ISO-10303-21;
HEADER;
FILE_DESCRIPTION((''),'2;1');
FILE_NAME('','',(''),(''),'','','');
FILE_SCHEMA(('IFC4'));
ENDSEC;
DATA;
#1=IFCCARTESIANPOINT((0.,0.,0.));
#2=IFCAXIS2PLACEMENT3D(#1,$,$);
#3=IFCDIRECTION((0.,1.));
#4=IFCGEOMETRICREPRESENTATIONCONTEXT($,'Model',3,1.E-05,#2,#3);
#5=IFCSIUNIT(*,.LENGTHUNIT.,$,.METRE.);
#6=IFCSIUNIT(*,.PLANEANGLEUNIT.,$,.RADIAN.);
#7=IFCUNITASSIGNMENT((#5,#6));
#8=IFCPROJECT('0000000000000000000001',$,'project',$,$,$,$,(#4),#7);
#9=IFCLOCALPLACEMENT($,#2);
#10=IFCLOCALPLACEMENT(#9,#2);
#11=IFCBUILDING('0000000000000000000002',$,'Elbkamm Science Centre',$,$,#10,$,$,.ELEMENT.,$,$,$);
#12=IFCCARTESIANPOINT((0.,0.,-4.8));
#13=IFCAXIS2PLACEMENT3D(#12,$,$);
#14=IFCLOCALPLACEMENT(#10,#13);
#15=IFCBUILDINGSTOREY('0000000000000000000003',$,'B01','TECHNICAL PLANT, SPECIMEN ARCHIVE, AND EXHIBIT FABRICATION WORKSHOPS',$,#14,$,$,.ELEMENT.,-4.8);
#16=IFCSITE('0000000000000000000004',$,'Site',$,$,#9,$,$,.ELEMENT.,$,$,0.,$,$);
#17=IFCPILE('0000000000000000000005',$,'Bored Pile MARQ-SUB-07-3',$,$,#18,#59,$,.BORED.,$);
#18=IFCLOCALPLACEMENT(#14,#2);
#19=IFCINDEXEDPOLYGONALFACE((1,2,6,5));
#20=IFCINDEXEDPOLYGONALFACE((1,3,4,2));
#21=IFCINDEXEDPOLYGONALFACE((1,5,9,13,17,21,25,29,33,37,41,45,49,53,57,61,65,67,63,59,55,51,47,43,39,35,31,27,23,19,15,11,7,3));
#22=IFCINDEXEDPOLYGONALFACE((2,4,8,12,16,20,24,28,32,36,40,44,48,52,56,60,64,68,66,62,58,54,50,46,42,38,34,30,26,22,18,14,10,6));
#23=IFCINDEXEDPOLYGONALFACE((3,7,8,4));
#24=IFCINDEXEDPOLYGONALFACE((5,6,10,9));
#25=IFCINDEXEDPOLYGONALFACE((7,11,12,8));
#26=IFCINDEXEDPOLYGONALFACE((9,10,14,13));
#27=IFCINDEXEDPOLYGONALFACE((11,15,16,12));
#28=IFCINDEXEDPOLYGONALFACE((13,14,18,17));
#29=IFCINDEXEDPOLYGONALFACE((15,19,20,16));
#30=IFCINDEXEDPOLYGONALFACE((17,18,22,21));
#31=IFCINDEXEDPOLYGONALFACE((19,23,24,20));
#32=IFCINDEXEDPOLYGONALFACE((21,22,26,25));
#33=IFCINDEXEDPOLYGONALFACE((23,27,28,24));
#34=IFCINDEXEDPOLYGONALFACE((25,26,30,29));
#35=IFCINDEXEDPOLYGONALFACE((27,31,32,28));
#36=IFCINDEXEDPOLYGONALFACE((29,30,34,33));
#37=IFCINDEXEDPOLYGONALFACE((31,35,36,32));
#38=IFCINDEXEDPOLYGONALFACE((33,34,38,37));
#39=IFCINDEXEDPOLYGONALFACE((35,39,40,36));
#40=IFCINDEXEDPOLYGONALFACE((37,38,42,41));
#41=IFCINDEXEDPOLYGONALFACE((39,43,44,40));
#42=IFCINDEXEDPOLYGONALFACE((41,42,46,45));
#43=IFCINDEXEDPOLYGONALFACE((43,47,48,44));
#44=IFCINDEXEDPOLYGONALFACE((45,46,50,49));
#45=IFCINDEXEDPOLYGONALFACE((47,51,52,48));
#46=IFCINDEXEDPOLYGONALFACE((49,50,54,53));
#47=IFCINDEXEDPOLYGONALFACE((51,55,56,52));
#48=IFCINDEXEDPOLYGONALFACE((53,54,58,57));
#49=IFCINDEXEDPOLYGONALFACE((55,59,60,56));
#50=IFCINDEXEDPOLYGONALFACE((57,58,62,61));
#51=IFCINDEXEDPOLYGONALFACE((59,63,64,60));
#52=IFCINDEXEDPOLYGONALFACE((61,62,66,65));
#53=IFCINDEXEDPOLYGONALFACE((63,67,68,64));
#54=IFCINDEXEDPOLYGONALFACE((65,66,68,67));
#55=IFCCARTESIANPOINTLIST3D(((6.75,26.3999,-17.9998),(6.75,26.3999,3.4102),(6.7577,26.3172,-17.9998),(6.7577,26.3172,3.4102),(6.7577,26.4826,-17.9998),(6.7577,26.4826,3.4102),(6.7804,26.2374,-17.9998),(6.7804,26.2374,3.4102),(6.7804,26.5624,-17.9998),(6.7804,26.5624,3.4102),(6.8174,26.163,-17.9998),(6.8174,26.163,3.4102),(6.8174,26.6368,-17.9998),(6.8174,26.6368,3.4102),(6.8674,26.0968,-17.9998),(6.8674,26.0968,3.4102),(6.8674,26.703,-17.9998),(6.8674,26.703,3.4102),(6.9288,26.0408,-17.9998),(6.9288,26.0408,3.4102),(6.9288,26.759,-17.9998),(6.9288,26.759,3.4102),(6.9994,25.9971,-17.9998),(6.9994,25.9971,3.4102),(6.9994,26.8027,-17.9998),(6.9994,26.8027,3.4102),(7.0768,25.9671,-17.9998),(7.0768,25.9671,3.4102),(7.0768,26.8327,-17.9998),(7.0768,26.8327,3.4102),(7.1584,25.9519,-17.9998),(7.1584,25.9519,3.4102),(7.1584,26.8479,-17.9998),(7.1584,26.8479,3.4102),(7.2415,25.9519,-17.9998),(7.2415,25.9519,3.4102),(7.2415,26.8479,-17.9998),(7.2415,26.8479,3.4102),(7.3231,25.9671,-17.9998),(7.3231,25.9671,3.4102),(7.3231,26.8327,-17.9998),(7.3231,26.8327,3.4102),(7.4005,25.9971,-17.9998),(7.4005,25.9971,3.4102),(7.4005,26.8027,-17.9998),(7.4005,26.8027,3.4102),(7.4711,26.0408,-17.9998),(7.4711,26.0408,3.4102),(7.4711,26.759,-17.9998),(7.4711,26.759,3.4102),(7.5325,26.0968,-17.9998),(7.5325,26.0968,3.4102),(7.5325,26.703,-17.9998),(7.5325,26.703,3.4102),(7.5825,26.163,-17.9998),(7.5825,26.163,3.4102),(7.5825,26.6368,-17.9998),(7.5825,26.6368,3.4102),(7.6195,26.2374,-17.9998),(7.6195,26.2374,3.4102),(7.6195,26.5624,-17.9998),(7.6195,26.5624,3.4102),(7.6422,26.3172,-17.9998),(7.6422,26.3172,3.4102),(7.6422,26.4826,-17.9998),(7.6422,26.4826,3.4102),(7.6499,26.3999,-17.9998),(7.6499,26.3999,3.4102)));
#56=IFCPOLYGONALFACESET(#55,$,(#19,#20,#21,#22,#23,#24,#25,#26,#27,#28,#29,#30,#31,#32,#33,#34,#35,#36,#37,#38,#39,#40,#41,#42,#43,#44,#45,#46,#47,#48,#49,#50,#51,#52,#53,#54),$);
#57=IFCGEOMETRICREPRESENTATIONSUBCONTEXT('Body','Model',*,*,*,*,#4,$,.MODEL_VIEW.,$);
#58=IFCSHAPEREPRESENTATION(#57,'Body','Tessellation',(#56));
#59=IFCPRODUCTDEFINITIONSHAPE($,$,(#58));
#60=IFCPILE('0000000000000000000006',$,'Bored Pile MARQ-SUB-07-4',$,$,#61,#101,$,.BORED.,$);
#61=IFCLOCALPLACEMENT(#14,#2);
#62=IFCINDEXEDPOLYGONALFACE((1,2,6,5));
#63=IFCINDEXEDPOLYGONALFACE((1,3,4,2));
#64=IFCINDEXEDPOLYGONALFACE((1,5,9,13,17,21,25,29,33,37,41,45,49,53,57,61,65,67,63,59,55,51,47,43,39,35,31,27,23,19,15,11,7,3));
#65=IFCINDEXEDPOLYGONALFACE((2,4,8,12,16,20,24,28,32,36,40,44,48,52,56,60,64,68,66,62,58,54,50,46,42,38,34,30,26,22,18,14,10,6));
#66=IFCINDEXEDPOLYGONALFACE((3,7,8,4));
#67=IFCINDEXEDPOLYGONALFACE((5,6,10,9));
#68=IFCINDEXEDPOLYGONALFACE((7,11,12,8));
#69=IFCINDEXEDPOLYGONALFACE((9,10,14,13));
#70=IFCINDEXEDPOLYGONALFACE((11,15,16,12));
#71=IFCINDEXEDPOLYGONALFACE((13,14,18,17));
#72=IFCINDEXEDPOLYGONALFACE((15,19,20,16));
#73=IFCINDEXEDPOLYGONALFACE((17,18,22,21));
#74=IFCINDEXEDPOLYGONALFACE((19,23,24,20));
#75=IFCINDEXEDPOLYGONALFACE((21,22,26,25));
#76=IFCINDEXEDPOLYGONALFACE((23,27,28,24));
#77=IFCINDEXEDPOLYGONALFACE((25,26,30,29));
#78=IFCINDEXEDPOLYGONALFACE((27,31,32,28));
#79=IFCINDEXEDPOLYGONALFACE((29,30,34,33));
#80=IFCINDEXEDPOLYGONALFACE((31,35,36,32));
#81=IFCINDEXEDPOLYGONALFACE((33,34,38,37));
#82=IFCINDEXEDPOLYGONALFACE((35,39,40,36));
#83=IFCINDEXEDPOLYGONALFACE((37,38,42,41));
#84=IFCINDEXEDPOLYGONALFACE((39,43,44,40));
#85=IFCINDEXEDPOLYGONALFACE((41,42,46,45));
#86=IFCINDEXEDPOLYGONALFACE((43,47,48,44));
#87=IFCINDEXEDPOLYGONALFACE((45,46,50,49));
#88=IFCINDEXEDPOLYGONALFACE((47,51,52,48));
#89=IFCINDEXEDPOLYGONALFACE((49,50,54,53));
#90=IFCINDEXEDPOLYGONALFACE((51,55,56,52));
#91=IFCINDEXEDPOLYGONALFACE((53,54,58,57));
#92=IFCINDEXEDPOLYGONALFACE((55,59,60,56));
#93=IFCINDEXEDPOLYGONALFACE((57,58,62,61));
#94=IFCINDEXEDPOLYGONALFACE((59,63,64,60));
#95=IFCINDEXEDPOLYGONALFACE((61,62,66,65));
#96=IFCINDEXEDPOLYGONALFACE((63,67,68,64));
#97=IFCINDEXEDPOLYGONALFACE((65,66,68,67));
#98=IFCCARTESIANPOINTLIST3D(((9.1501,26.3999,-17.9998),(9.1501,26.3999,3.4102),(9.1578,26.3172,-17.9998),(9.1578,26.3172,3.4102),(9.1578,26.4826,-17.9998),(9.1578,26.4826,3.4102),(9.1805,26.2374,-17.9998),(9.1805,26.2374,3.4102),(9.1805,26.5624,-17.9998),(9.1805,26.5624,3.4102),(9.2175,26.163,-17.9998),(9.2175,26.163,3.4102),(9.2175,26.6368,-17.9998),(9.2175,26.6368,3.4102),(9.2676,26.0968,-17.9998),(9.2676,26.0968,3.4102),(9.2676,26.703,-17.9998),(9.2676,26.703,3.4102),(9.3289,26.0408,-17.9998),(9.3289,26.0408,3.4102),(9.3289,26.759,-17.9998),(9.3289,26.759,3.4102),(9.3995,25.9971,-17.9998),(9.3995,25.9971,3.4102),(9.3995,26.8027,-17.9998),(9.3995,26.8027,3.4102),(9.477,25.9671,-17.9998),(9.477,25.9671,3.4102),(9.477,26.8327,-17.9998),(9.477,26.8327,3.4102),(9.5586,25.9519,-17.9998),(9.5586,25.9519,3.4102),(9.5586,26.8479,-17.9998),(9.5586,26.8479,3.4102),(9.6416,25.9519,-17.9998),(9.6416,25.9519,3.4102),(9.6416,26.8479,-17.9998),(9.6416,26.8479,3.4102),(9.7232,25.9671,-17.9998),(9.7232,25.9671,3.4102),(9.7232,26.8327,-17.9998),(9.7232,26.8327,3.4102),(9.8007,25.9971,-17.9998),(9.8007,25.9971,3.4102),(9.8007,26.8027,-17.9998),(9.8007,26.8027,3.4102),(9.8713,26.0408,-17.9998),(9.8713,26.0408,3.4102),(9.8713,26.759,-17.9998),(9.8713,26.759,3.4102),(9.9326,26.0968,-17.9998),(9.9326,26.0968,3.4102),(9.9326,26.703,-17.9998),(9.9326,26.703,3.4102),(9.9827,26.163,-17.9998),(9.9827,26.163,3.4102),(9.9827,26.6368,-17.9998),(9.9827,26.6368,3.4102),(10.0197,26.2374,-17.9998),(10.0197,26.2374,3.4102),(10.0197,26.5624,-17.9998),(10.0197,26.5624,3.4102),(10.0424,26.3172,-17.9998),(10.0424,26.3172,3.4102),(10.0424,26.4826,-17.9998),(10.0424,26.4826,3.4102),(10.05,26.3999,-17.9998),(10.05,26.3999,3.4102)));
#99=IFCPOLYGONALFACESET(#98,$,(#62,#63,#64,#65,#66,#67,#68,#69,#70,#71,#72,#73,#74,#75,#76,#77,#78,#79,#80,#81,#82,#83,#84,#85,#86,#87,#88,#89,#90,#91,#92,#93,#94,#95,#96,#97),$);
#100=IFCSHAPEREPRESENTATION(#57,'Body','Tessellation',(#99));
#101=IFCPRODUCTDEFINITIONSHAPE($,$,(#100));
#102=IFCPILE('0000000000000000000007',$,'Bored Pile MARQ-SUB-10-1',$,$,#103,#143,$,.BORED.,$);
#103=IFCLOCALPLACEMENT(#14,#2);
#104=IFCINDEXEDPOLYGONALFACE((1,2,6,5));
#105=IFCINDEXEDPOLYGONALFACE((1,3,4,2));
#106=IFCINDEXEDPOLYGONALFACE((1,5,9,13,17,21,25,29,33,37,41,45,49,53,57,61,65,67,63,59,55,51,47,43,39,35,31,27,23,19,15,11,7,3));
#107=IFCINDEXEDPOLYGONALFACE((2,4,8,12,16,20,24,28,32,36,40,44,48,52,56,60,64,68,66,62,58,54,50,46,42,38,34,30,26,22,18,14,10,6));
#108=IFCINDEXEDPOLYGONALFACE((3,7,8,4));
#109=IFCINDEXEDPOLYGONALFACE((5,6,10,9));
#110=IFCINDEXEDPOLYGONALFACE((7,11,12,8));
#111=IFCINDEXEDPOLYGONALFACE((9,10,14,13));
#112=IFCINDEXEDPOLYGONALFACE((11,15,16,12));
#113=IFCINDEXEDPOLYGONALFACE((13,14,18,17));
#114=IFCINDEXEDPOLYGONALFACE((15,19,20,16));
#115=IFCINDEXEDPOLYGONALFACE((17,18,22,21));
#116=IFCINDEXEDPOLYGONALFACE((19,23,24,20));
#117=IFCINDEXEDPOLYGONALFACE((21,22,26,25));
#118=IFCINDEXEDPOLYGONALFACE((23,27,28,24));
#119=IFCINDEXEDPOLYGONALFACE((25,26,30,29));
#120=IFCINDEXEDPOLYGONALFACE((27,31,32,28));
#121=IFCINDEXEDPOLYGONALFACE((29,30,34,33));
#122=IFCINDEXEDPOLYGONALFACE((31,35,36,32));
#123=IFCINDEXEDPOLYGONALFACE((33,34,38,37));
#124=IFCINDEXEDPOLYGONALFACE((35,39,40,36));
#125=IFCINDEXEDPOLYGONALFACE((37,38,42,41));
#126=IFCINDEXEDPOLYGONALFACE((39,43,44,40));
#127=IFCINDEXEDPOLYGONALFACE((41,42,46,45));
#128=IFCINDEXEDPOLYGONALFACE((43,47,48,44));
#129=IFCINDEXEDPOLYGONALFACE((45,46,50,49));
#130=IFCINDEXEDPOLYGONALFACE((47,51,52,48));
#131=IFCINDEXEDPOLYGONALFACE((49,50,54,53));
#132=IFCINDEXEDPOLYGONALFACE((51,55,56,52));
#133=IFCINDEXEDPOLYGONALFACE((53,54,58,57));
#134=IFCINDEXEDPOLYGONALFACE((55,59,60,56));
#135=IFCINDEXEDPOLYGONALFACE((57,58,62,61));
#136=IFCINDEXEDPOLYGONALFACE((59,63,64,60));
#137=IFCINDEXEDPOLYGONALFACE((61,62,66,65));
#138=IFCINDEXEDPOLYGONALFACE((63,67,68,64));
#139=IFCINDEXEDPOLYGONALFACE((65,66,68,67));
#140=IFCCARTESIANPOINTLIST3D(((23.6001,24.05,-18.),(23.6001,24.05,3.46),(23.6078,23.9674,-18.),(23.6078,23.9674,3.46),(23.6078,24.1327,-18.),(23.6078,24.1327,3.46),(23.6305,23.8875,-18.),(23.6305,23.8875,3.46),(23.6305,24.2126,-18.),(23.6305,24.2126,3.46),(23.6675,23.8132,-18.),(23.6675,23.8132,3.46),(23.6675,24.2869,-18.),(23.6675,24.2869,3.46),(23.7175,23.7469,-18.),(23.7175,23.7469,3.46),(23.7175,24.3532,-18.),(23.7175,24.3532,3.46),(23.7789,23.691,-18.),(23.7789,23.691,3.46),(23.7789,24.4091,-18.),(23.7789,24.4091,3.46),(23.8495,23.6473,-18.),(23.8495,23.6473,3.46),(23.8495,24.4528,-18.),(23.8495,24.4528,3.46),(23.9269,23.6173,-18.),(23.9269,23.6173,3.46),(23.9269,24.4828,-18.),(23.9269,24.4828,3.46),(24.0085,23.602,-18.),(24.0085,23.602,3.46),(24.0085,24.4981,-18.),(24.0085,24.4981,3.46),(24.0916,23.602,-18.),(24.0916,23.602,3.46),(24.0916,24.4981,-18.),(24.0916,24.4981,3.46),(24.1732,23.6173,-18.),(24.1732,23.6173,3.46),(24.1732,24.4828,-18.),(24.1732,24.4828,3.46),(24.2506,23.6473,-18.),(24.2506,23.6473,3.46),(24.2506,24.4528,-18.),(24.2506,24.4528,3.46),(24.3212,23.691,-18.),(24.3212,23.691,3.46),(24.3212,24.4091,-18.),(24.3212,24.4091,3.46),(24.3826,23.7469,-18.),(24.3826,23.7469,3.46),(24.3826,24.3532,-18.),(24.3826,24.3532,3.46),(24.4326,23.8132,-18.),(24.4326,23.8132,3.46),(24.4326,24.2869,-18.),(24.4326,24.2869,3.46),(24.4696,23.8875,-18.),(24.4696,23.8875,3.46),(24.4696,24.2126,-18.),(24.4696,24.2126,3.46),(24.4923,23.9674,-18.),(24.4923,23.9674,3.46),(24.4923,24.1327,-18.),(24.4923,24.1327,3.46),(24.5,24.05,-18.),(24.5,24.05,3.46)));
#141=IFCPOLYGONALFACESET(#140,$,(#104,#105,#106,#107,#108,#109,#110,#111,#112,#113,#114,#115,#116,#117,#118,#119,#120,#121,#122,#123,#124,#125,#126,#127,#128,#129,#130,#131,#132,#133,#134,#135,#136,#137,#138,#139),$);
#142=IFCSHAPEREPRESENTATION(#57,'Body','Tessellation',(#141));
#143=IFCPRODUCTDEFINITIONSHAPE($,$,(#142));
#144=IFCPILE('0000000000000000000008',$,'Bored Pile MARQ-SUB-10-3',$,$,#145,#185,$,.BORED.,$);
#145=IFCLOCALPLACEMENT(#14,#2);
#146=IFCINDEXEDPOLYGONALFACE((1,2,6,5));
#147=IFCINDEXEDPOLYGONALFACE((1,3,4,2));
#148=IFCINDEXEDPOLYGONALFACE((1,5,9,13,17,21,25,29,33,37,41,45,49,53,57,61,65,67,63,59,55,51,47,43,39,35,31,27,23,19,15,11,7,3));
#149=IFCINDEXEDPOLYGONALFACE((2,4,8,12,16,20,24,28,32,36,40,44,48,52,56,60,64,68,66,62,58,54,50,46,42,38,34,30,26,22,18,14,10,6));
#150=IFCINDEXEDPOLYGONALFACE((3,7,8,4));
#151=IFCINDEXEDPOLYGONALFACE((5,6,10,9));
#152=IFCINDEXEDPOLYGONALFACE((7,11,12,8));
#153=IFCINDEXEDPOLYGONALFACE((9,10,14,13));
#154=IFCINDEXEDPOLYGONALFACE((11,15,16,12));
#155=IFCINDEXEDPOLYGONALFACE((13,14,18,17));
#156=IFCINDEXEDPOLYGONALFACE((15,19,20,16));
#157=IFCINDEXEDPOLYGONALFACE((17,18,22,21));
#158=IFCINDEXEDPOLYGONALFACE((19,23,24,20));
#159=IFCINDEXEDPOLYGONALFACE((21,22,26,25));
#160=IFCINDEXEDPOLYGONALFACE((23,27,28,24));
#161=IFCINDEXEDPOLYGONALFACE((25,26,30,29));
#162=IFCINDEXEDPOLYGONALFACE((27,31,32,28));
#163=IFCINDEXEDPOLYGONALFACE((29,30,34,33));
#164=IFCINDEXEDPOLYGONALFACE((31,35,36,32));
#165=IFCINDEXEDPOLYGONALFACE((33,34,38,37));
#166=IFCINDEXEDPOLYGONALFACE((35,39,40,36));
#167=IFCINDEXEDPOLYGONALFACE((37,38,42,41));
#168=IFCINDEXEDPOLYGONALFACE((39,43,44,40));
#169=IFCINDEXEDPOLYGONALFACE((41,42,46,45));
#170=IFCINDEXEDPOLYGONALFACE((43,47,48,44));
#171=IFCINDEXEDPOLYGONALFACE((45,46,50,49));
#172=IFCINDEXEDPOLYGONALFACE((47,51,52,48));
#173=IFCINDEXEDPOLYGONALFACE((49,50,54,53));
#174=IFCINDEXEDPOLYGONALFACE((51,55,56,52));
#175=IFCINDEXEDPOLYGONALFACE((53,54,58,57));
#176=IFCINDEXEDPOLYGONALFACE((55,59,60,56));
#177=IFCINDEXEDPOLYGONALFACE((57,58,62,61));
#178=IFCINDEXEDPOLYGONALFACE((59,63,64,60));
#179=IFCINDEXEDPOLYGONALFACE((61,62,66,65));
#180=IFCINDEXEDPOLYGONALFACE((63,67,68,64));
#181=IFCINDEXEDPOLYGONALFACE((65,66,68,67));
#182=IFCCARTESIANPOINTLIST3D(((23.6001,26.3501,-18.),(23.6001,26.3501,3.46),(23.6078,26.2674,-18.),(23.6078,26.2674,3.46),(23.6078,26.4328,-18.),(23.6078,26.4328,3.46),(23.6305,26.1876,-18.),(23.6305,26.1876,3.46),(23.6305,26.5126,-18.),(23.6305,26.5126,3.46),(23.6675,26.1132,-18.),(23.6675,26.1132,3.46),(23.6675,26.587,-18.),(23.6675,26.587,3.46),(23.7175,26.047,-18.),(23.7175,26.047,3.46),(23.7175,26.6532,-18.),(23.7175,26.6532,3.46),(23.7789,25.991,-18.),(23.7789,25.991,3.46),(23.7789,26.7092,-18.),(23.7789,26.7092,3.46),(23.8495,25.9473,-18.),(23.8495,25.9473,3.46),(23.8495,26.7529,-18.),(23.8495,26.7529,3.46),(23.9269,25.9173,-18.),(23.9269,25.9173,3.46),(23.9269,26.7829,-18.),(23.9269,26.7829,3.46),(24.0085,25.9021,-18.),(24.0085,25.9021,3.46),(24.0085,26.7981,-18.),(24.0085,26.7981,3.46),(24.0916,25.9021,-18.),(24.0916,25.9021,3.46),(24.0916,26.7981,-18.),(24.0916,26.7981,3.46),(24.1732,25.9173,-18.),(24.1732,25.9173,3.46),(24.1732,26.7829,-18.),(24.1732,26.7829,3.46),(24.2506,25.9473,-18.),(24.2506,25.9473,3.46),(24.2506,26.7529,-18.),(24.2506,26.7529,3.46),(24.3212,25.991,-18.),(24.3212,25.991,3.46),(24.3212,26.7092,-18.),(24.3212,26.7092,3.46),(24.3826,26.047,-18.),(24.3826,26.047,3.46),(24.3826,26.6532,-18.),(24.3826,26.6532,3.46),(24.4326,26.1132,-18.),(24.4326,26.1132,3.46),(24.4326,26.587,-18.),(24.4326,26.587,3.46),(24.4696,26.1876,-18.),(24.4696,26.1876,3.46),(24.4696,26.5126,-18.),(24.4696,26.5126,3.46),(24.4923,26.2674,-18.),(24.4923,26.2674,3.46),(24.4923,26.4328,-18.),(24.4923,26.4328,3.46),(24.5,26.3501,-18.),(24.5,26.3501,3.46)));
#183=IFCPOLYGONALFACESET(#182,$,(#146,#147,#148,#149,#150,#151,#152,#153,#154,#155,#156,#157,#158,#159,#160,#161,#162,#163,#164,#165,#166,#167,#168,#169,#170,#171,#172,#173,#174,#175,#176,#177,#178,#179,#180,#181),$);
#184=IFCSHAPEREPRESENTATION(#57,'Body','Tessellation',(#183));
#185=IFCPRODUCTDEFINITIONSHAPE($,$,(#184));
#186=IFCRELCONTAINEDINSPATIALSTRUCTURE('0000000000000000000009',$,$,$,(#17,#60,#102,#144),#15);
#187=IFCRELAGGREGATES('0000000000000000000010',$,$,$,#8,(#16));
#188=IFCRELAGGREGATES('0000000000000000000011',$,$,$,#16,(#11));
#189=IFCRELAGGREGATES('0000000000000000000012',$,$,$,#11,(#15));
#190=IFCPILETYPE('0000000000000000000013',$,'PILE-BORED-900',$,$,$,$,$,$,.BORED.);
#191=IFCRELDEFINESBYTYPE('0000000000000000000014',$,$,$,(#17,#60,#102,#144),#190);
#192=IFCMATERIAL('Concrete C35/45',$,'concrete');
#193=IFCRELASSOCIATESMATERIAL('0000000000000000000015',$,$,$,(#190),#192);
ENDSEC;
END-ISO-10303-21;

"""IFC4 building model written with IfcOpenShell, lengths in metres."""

from ifc_helpers import new_model, si_unit, direction, frame, origin, origin_2d, place, context, subcontext, project, spatial, circle, extrude, material, material_profile, profile_set, type_object, element, save


model = new_model("IFC4")

# Units and contexts
model_context = context("Model", 3, precision=1e-05, world=origin(), true_north=direction((0.0, 1.0)))
body_context = subcontext(model_context, "Body", "Model", "MODEL_VIEW")
ifc_project = project(units=[si_unit("LENGTHUNIT", "METRE"), si_unit("PLANEANGLEUNIT", "RADIAN")], contexts=[model_context])

# Site, building, storey
site_placement = place(None, origin())
site = spatial("IfcSite", under=ifc_project, at=site_placement, Name="Site", CompositionType="ELEMENT", RefElevation=0.0)
building_placement = place(site_placement, origin())
building = spatial("IfcBuilding", under=site, at=building_placement, Name="Elbkamm Science Centre", CompositionType="ELEMENT")
storey_placement = place(building_placement, frame((0.0, 0.0, -4.8)))
storey = spatial("IfcBuildingStorey", under=building, at=storey_placement, Name="B01", Description="TECHNICAL PLANT, SPECIMEN ARCHIVE, AND EXHIBIT FABRICATION WORKSHOPS", CompositionType="ELEMENT", Elevation=-4.8)

# Shared definitions
ifc_material = material(Name="Concrete C35/45", Category="concrete")

# Piles
ifc_material_profile = material_profile(ifc_material, circle(Radius=0.45, at=origin_2d()), Name="PILE D900")
ifc_profile_set = profile_set([ifc_material_profile], Name="Concrete C35/45")
pile_type = type_object("IfcPileType", Name="PILE-BORED-900", PredefinedType="BORED", material=ifc_profile_set)
for number, where, z_axis, x_axis, name in (
    (1, (7.2, 26.3999, 3.4102), (0.0, 0.0, -1.0), (1.0, 0.0, 0.0), "Bored Pile MARQ-SUB-07-3"),
    (2, (9.6001, 26.3999, 3.4102), (0.0, 0.0, -1.0), (1.0, 0.0, 0.0), "Bored Pile MARQ-SUB-07-4"),
):
    element("IfcPile", number, at=place(storey_placement, frame(where, z_axis=z_axis, x_axis=x_axis)), inside=storey, type_object=pile_type, Name=name, PredefinedType="BORED", context=body_context, shape_type="SweptSolid", body=[
        extrude(circle(Radius=0.45, at=origin_2d()), origin(), (0.0, 0.0, 1.0), 21.4099),
    ])
for number, where, z_axis, x_axis, name in (
    (3, (24.05, 24.05, 3.46), (0.0, 0.0, -1.0), (1.0, 0.0, 0.0), "Bored Pile MARQ-SUB-10-1"),
    (4, (24.05, 26.3501, 3.46), (0.0, 0.0, -1.0), (1.0, 0.0, 0.0), "Bored Pile MARQ-SUB-10-3"),
):
    element("IfcPile", number, at=place(storey_placement, frame(where, z_axis=z_axis, x_axis=x_axis)), inside=storey, type_object=pile_type, Name=name, PredefinedType="BORED", context=body_context, shape_type="SweptSolid", body=[
        extrude(circle(Radius=0.45, at=origin_2d()), origin(), (0.0, 0.0, 1.0), 21.46),
    ])

save(model, "model.ifc")
